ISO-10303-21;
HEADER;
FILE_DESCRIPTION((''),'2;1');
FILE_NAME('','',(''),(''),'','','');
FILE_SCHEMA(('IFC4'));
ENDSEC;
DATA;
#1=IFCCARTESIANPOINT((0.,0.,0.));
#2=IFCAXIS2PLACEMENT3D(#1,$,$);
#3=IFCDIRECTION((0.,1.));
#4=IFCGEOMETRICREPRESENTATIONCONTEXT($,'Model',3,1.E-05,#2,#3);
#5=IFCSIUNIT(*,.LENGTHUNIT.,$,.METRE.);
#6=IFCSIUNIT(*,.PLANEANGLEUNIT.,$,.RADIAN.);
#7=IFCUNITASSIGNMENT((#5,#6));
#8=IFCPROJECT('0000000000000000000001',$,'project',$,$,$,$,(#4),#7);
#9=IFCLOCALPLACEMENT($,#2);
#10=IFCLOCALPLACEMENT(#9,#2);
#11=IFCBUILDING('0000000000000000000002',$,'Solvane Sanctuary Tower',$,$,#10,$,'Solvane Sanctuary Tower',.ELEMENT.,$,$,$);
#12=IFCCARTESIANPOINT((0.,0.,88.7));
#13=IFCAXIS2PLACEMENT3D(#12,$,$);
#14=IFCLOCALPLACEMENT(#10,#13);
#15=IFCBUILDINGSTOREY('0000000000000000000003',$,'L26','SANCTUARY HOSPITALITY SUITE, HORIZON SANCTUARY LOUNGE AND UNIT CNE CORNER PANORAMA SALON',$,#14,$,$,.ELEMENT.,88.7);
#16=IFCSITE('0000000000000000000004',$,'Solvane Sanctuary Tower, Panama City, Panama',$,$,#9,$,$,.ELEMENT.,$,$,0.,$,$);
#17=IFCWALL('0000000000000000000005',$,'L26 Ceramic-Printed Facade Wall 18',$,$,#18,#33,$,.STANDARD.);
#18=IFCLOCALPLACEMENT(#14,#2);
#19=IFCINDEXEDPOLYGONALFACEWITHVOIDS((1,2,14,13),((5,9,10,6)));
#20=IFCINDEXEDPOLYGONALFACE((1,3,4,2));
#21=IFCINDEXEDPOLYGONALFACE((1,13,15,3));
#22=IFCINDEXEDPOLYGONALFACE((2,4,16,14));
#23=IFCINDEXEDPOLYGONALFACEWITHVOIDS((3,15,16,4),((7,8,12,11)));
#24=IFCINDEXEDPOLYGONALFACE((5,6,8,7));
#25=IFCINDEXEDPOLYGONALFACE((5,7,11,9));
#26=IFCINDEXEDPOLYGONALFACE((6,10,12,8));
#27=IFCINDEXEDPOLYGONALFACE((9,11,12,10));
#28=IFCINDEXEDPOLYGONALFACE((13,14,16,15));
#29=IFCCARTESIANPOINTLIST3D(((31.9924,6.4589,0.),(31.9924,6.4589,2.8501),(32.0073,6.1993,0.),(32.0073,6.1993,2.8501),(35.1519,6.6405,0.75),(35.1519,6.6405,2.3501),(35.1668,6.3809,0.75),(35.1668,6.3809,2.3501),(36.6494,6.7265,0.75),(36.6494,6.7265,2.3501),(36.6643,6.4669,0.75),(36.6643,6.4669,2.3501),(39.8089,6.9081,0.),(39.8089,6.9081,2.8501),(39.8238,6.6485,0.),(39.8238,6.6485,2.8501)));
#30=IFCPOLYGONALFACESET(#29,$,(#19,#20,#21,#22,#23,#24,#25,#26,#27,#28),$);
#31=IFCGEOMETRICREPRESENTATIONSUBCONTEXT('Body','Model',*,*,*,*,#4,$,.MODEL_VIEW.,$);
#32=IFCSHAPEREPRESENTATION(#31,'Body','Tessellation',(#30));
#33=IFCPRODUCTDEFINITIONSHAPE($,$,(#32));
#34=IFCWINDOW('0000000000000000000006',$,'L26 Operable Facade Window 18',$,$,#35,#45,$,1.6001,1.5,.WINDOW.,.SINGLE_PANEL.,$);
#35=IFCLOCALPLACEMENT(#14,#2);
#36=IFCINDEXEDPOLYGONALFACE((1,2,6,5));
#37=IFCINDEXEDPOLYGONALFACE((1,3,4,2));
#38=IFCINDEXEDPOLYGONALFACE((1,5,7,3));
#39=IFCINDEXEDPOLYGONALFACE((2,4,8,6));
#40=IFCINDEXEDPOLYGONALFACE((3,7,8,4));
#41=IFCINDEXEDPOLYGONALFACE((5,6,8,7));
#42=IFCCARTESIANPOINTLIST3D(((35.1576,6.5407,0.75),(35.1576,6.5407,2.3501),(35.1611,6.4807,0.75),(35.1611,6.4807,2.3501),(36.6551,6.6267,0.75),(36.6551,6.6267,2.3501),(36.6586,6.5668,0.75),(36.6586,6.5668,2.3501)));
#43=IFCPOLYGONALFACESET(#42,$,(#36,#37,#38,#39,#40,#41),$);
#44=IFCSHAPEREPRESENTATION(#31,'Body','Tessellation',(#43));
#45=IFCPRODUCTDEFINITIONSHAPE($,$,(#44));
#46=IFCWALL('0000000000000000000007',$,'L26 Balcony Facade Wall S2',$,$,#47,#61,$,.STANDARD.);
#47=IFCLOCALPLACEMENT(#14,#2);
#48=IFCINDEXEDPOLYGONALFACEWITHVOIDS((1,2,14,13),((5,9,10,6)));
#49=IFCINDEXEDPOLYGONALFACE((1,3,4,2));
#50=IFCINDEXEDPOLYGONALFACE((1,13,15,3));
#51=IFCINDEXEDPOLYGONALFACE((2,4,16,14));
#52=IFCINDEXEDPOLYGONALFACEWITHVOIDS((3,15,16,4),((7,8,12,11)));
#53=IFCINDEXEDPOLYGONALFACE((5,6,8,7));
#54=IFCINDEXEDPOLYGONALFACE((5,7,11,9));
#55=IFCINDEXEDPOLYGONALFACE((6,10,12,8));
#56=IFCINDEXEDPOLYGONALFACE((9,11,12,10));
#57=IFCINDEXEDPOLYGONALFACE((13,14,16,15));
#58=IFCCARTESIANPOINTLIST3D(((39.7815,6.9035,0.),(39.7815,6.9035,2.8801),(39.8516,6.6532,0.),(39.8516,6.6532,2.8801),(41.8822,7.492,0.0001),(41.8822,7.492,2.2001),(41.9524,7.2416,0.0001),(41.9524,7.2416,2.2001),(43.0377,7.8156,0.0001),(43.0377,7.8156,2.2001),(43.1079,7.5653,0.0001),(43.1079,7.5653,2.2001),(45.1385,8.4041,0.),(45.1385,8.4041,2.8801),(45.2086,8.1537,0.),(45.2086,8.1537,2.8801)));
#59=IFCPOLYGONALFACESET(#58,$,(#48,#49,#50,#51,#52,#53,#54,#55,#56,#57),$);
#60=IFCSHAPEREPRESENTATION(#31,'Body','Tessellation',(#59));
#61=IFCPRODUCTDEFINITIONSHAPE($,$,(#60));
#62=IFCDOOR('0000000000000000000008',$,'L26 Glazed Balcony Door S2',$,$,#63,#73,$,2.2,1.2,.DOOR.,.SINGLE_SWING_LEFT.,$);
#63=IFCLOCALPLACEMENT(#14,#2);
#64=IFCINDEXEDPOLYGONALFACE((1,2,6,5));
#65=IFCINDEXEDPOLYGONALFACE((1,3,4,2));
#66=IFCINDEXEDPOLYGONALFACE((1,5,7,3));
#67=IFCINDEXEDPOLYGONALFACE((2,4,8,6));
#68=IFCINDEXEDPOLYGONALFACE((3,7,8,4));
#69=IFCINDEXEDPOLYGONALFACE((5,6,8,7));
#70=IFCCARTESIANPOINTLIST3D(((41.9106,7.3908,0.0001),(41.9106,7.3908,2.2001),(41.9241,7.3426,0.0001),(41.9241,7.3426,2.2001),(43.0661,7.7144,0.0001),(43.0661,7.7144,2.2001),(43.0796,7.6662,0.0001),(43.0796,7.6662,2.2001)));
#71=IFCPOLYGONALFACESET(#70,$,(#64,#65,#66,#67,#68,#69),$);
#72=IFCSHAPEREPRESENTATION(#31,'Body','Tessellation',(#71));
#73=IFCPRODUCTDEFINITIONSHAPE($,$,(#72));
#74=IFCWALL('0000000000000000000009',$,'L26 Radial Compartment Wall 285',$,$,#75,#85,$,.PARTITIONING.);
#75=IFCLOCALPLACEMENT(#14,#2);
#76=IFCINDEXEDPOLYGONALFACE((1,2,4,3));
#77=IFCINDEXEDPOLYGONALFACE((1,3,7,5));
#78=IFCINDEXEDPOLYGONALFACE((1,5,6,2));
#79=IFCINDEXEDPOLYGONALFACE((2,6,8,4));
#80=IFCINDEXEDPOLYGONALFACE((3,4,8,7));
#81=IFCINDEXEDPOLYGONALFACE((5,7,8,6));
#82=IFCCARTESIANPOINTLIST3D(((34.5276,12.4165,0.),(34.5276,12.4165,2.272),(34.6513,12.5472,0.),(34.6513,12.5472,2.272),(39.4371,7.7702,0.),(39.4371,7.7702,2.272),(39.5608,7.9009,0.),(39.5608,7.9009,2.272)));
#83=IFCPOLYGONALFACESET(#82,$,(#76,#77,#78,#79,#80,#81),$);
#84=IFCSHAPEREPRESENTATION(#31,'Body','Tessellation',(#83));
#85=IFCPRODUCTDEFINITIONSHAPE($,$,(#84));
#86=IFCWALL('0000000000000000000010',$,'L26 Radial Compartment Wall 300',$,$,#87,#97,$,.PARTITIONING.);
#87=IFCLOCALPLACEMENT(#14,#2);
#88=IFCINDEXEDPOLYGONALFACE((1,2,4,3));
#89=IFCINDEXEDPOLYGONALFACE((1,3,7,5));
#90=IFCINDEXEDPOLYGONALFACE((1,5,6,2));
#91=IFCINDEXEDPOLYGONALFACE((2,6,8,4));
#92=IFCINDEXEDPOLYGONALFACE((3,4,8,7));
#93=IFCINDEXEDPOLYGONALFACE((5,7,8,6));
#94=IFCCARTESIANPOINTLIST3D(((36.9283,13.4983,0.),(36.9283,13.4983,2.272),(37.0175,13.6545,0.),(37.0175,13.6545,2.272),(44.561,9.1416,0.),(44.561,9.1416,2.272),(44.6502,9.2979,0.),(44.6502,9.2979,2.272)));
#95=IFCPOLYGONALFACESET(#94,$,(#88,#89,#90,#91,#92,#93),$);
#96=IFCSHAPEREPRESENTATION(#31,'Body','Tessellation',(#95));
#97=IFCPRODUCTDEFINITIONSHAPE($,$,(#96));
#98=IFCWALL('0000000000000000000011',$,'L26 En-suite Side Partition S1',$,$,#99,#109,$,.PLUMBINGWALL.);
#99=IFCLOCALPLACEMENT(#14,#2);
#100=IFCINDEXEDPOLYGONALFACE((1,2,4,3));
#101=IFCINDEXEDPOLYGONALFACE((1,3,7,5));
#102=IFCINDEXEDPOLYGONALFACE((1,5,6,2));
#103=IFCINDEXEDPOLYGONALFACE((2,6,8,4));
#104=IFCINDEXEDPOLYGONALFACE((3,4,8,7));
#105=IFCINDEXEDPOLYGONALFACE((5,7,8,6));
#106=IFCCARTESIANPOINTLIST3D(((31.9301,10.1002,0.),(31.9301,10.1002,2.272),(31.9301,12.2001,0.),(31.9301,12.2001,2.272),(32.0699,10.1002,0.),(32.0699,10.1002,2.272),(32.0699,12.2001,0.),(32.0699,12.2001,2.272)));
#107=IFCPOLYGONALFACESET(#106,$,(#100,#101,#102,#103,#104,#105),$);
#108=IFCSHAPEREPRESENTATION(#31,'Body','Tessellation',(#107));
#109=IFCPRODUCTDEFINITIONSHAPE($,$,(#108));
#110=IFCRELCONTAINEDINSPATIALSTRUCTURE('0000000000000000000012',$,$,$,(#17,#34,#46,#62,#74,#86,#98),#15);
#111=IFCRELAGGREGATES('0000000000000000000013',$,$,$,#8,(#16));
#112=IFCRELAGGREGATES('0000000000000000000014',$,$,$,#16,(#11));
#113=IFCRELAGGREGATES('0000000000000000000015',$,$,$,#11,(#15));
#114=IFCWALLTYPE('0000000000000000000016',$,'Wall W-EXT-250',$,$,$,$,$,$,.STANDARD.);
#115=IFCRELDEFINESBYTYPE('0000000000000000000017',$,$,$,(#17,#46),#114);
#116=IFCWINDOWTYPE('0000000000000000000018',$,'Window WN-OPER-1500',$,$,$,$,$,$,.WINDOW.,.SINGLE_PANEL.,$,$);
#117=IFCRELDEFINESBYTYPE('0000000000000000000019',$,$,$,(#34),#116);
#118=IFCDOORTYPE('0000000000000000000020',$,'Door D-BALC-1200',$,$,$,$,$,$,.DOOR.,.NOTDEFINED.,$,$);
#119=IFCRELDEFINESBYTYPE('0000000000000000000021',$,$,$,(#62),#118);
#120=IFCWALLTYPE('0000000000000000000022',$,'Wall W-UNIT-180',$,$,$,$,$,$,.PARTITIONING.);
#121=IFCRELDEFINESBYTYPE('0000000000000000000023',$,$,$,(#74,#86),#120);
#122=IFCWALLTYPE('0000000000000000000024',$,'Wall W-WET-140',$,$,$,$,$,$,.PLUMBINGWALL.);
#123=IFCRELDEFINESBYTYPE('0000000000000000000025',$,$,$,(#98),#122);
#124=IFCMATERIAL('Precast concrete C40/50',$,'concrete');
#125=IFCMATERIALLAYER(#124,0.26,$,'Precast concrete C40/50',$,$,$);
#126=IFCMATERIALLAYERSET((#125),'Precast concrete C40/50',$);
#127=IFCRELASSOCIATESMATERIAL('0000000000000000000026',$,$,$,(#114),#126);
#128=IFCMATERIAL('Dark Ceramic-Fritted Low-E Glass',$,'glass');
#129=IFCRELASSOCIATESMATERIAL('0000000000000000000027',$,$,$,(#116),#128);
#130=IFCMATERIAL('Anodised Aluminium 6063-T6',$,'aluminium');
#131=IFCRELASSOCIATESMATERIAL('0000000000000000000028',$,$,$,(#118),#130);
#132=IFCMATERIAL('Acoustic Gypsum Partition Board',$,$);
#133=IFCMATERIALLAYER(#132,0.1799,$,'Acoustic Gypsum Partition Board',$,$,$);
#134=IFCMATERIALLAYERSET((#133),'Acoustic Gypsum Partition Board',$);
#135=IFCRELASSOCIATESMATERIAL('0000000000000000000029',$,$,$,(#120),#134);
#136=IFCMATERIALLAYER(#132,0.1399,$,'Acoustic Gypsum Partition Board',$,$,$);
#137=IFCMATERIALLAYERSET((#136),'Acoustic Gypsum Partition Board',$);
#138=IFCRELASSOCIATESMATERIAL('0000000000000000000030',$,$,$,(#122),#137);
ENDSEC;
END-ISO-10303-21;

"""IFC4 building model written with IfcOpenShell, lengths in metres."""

from ifc_helpers import new_model, si_unit, direction, frame, frame_2d, origin, place, context, subcontext, project, spatial, rectangle, extrude, material, layer, layer_set, type_object, element, fill, save


model = new_model("IFC4")

# Units and contexts
model_context = context("Model", 3, precision=1e-05, world=origin(), true_north=direction((0.0, 1.0)))
body_context = subcontext(model_context, "Body", "Model", "MODEL_VIEW")
ifc_project = project(units=[si_unit("LENGTHUNIT", "METRE"), si_unit("PLANEANGLEUNIT", "RADIAN")], contexts=[model_context])

# Site, building, storey
site_placement = place(None, origin())
site = spatial("IfcSite", under=ifc_project, at=site_placement, Name="Solvane Sanctuary Tower, Panama City, Panama", CompositionType="ELEMENT", RefElevation=0.0)
building_placement = place(site_placement, origin())
building = spatial("IfcBuilding", under=site, at=building_placement, Name="Solvane Sanctuary Tower", LongName="Solvane Sanctuary Tower", CompositionType="ELEMENT")
storey_placement = place(building_placement, frame((0.0, 0.0, 88.7)))
storey = spatial("IfcBuildingStorey", under=building, at=storey_placement, Name="L26", Description="SANCTUARY HOSPITALITY SUITE, HORIZON SANCTUARY LOUNGE AND UNIT CNE CORNER PANORAMA SALON", CompositionType="ELEMENT", Elevation=88.7)

# Shared definitions
ifc_material_1 = material(Name="Acoustic Gypsum Partition Board")

# Wall, opening, window
ifc_material_2 = material(Name="Precast concrete C40/50", Category="concrete")
ifc_layer_1 = layer(ifc_material_2, 0.26, Name="Precast concrete C40/50")
ifc_layer_set_1 = layer_set([ifc_layer_1], Name="Precast concrete C40/50")
wall_type_1 = type_object("IfcWallType", Name="Wall W-EXT-250", PredefinedType="STANDARD", material=ifc_layer_set_1)
wall_1_placement = place(storey_placement, frame((32.0, 6.3291, 0.0), z_axis=(0.0, 0.0, 1.0), x_axis=(0.998353, 0.057377, 0.0)))
wall_1 = element("IfcWall", 1, at=wall_1_placement, inside=storey, type_object=wall_type_1, Name="L26 Ceramic-Printed Facade Wall 18", PredefinedType="STANDARD", context=body_context, shape_type="SweptSolid", body=[
    extrude(rectangle(XDim=7.8293, YDim=0.26, at=frame_2d((3.9146, 0.0))), origin(), (0.0, 0.0, 1.0), 2.8501),
])
opening_1_placement = place(wall_1_placement, frame((3.1646, 0.0, 0.75)))
opening_1 = element("IfcOpeningElement", 2, at=opening_1_placement, cuts=wall_1, PredefinedType="OPENING", context=body_context, shape_type="SweptSolid", body=[
    extrude(rectangle(XDim=1.5, YDim=1.6001, at=frame_2d((0.75, 0.8))), frame((0.0, 0.1399, 0.0), z_axis=(0.0, -1.0, 0.0), x_axis=(1.0, 0.0, 0.0)), (0.0, 0.0, 1.0), 0.28),
])
ifc_material_3 = material(Name="Dark Ceramic-Fritted Low-E Glass", Category="glass")
window_type = type_object("IfcWindowType", Name="Window WN-OPER-1500", PartitioningType="SINGLE_PANEL", PredefinedType="WINDOW", material=ifc_material_3)
window_placement = place(opening_1_placement, origin())
window = element("IfcWindow", 3, at=window_placement, inside=storey, type_object=window_type, Name="L26 Operable Facade Window 18", OverallHeight=1.6001, OverallWidth=1.5, PartitioningType="SINGLE_PANEL", PredefinedType="WINDOW", context=body_context, shape_type="SweptSolid", body=[
    extrude(rectangle(XDim=1.5, YDim=1.6001, at=frame_2d((0.75, 0.8))), frame((0.0, 0.03, 0.0), z_axis=(0.0, -1.0, 0.0), x_axis=(1.0, 0.0, 0.0)), (0.0, 0.0, 1.0), 0.0601),
])
fill(opening_1, window)

# Wall, opening, door
wall_2_placement = place(storey_placement, frame((39.8164, 6.7783, 0.0), z_axis=(0.0, 0.0, 1.0), x_axis=(0.962938, 0.269721, 0.0)))
wall_2 = element("IfcWall", 4, at=wall_2_placement, inside=storey, type_object=wall_type_1, Name="L26 Balcony Facade Wall S2", PredefinedType="STANDARD", context=body_context, shape_type="SweptSolid", body=[
    extrude(rectangle(XDim=5.5632, YDim=0.26, at=frame_2d((2.7817, 0.0))), origin(), (0.0, 0.0, 1.0), 2.8801),
])
opening_2_placement = place(wall_2_placement, frame((2.1816, 0.0, 0.0)))
opening_2 = element("IfcOpeningElement", 5, at=opening_2_placement, cuts=wall_2, PredefinedType="OPENING", context=body_context, shape_type="SweptSolid", body=[
    extrude(rectangle(XDim=1.2, YDim=2.2, at=frame_2d((0.6001, 1.1001))), frame((0.0, 0.1399, 0.0), z_axis=(0.0, -1.0, 0.0), x_axis=(1.0, 0.0, 0.0)), (0.0, 0.0, 1.0), 0.28),
])
ifc_material_4 = material(Name="Anodised Aluminium 6063-T6", Category="aluminium")
door_type_1 = type_object("IfcDoorType", Name="Door D-BALC-1200", OperationType="NOTDEFINED", PredefinedType="DOOR", material=ifc_material_4)
door_1_placement = place(opening_2_placement, origin())
door_1 = element("IfcDoor", 6, at=door_1_placement, inside=storey, type_object=door_type_1, Name="L26 Glazed Balcony Door S2", OperationType="SINGLE_SWING_LEFT", OverallHeight=2.2, OverallWidth=1.2, PredefinedType="DOOR", context=body_context, shape_type="SweptSolid", body=[
    extrude(rectangle(XDim=1.2, YDim=2.2, at=frame_2d((0.6001, 1.1001))), frame((0.0, 0.0249, 0.0), z_axis=(0.0, -1.0, 0.0), x_axis=(1.0, 0.0, 0.0)), (0.0, 0.0, 1.0), 0.05),
])
fill(opening_2, door_1)

# Walls
ifc_layer_2 = layer(ifc_material_1, 0.1799, Name="Acoustic Gypsum Partition Board")
ifc_layer_set_2 = layer_set([ifc_layer_2], Name="Acoustic Gypsum Partition Board")
wall_type_2 = type_object("IfcWallType", Name="Wall W-UNIT-180", PredefinedType="PARTITIONING", material=ifc_layer_set_2)
wall_3_placement = place(storey_placement, frame((34.5894, 12.4819, 0.0), z_axis=(0.0, 0.0, 1.0), x_axis=(0.726307, -0.687371, 0.0)))
element("IfcWall", 7, at=wall_3_placement, inside=storey, type_object=wall_type_2, Name="L26 Radial Compartment Wall 285", PredefinedType="PARTITIONING", context=body_context, shape_type="SweptSolid", body=[
    extrude(rectangle(XDim=6.7595, YDim=0.1799, at=frame_2d((3.3799, 0.0))), origin(), (0.0, 0.0, 1.0), 2.272),
])
wall_4_placement = place(storey_placement, frame((36.9729, 13.5764, 0.0), z_axis=(0.0, 0.0, 1.0), x_axis=(0.868484, -0.495717, 0.0)))
element("IfcWall", 8, at=wall_4_placement, inside=storey, type_object=wall_type_2, Name="L26 Radial Compartment Wall 300", PredefinedType="PARTITIONING", context=body_context, shape_type="SweptSolid", body=[
    extrude(rectangle(XDim=8.7886, YDim=0.1799, at=frame_2d((4.3943, 0.0))), origin(), (0.0, 0.0, 1.0), 2.272),
])
ifc_layer_3 = layer(ifc_material_1, 0.1399, Name="Acoustic Gypsum Partition Board")
ifc_layer_set_3 = layer_set([ifc_layer_3], Name="Acoustic Gypsum Partition Board")
wall_type_3 = type_object("IfcWallType", Name="Wall W-WET-140", PredefinedType="PLUMBINGWALL", material=ifc_layer_set_3)
wall_5_placement = place(storey_placement, frame((32.0, 12.2, 0.0), z_axis=(0.0, 0.0, 1.0), x_axis=(0.0, -1.0, 0.0)))
element("IfcWall", 9, at=wall_5_placement, inside=storey, type_object=wall_type_3, Name="L26 En-suite Side Partition S1", PredefinedType="PLUMBINGWALL", context=body_context, shape_type="SweptSolid", body=[
    extrude(rectangle(XDim=2.0999, YDim=0.1399, at=frame_2d((1.0498, 0.0))), origin(), (0.0, 0.0, 1.0), 2.272),
])

save(model, "model.ifc")
